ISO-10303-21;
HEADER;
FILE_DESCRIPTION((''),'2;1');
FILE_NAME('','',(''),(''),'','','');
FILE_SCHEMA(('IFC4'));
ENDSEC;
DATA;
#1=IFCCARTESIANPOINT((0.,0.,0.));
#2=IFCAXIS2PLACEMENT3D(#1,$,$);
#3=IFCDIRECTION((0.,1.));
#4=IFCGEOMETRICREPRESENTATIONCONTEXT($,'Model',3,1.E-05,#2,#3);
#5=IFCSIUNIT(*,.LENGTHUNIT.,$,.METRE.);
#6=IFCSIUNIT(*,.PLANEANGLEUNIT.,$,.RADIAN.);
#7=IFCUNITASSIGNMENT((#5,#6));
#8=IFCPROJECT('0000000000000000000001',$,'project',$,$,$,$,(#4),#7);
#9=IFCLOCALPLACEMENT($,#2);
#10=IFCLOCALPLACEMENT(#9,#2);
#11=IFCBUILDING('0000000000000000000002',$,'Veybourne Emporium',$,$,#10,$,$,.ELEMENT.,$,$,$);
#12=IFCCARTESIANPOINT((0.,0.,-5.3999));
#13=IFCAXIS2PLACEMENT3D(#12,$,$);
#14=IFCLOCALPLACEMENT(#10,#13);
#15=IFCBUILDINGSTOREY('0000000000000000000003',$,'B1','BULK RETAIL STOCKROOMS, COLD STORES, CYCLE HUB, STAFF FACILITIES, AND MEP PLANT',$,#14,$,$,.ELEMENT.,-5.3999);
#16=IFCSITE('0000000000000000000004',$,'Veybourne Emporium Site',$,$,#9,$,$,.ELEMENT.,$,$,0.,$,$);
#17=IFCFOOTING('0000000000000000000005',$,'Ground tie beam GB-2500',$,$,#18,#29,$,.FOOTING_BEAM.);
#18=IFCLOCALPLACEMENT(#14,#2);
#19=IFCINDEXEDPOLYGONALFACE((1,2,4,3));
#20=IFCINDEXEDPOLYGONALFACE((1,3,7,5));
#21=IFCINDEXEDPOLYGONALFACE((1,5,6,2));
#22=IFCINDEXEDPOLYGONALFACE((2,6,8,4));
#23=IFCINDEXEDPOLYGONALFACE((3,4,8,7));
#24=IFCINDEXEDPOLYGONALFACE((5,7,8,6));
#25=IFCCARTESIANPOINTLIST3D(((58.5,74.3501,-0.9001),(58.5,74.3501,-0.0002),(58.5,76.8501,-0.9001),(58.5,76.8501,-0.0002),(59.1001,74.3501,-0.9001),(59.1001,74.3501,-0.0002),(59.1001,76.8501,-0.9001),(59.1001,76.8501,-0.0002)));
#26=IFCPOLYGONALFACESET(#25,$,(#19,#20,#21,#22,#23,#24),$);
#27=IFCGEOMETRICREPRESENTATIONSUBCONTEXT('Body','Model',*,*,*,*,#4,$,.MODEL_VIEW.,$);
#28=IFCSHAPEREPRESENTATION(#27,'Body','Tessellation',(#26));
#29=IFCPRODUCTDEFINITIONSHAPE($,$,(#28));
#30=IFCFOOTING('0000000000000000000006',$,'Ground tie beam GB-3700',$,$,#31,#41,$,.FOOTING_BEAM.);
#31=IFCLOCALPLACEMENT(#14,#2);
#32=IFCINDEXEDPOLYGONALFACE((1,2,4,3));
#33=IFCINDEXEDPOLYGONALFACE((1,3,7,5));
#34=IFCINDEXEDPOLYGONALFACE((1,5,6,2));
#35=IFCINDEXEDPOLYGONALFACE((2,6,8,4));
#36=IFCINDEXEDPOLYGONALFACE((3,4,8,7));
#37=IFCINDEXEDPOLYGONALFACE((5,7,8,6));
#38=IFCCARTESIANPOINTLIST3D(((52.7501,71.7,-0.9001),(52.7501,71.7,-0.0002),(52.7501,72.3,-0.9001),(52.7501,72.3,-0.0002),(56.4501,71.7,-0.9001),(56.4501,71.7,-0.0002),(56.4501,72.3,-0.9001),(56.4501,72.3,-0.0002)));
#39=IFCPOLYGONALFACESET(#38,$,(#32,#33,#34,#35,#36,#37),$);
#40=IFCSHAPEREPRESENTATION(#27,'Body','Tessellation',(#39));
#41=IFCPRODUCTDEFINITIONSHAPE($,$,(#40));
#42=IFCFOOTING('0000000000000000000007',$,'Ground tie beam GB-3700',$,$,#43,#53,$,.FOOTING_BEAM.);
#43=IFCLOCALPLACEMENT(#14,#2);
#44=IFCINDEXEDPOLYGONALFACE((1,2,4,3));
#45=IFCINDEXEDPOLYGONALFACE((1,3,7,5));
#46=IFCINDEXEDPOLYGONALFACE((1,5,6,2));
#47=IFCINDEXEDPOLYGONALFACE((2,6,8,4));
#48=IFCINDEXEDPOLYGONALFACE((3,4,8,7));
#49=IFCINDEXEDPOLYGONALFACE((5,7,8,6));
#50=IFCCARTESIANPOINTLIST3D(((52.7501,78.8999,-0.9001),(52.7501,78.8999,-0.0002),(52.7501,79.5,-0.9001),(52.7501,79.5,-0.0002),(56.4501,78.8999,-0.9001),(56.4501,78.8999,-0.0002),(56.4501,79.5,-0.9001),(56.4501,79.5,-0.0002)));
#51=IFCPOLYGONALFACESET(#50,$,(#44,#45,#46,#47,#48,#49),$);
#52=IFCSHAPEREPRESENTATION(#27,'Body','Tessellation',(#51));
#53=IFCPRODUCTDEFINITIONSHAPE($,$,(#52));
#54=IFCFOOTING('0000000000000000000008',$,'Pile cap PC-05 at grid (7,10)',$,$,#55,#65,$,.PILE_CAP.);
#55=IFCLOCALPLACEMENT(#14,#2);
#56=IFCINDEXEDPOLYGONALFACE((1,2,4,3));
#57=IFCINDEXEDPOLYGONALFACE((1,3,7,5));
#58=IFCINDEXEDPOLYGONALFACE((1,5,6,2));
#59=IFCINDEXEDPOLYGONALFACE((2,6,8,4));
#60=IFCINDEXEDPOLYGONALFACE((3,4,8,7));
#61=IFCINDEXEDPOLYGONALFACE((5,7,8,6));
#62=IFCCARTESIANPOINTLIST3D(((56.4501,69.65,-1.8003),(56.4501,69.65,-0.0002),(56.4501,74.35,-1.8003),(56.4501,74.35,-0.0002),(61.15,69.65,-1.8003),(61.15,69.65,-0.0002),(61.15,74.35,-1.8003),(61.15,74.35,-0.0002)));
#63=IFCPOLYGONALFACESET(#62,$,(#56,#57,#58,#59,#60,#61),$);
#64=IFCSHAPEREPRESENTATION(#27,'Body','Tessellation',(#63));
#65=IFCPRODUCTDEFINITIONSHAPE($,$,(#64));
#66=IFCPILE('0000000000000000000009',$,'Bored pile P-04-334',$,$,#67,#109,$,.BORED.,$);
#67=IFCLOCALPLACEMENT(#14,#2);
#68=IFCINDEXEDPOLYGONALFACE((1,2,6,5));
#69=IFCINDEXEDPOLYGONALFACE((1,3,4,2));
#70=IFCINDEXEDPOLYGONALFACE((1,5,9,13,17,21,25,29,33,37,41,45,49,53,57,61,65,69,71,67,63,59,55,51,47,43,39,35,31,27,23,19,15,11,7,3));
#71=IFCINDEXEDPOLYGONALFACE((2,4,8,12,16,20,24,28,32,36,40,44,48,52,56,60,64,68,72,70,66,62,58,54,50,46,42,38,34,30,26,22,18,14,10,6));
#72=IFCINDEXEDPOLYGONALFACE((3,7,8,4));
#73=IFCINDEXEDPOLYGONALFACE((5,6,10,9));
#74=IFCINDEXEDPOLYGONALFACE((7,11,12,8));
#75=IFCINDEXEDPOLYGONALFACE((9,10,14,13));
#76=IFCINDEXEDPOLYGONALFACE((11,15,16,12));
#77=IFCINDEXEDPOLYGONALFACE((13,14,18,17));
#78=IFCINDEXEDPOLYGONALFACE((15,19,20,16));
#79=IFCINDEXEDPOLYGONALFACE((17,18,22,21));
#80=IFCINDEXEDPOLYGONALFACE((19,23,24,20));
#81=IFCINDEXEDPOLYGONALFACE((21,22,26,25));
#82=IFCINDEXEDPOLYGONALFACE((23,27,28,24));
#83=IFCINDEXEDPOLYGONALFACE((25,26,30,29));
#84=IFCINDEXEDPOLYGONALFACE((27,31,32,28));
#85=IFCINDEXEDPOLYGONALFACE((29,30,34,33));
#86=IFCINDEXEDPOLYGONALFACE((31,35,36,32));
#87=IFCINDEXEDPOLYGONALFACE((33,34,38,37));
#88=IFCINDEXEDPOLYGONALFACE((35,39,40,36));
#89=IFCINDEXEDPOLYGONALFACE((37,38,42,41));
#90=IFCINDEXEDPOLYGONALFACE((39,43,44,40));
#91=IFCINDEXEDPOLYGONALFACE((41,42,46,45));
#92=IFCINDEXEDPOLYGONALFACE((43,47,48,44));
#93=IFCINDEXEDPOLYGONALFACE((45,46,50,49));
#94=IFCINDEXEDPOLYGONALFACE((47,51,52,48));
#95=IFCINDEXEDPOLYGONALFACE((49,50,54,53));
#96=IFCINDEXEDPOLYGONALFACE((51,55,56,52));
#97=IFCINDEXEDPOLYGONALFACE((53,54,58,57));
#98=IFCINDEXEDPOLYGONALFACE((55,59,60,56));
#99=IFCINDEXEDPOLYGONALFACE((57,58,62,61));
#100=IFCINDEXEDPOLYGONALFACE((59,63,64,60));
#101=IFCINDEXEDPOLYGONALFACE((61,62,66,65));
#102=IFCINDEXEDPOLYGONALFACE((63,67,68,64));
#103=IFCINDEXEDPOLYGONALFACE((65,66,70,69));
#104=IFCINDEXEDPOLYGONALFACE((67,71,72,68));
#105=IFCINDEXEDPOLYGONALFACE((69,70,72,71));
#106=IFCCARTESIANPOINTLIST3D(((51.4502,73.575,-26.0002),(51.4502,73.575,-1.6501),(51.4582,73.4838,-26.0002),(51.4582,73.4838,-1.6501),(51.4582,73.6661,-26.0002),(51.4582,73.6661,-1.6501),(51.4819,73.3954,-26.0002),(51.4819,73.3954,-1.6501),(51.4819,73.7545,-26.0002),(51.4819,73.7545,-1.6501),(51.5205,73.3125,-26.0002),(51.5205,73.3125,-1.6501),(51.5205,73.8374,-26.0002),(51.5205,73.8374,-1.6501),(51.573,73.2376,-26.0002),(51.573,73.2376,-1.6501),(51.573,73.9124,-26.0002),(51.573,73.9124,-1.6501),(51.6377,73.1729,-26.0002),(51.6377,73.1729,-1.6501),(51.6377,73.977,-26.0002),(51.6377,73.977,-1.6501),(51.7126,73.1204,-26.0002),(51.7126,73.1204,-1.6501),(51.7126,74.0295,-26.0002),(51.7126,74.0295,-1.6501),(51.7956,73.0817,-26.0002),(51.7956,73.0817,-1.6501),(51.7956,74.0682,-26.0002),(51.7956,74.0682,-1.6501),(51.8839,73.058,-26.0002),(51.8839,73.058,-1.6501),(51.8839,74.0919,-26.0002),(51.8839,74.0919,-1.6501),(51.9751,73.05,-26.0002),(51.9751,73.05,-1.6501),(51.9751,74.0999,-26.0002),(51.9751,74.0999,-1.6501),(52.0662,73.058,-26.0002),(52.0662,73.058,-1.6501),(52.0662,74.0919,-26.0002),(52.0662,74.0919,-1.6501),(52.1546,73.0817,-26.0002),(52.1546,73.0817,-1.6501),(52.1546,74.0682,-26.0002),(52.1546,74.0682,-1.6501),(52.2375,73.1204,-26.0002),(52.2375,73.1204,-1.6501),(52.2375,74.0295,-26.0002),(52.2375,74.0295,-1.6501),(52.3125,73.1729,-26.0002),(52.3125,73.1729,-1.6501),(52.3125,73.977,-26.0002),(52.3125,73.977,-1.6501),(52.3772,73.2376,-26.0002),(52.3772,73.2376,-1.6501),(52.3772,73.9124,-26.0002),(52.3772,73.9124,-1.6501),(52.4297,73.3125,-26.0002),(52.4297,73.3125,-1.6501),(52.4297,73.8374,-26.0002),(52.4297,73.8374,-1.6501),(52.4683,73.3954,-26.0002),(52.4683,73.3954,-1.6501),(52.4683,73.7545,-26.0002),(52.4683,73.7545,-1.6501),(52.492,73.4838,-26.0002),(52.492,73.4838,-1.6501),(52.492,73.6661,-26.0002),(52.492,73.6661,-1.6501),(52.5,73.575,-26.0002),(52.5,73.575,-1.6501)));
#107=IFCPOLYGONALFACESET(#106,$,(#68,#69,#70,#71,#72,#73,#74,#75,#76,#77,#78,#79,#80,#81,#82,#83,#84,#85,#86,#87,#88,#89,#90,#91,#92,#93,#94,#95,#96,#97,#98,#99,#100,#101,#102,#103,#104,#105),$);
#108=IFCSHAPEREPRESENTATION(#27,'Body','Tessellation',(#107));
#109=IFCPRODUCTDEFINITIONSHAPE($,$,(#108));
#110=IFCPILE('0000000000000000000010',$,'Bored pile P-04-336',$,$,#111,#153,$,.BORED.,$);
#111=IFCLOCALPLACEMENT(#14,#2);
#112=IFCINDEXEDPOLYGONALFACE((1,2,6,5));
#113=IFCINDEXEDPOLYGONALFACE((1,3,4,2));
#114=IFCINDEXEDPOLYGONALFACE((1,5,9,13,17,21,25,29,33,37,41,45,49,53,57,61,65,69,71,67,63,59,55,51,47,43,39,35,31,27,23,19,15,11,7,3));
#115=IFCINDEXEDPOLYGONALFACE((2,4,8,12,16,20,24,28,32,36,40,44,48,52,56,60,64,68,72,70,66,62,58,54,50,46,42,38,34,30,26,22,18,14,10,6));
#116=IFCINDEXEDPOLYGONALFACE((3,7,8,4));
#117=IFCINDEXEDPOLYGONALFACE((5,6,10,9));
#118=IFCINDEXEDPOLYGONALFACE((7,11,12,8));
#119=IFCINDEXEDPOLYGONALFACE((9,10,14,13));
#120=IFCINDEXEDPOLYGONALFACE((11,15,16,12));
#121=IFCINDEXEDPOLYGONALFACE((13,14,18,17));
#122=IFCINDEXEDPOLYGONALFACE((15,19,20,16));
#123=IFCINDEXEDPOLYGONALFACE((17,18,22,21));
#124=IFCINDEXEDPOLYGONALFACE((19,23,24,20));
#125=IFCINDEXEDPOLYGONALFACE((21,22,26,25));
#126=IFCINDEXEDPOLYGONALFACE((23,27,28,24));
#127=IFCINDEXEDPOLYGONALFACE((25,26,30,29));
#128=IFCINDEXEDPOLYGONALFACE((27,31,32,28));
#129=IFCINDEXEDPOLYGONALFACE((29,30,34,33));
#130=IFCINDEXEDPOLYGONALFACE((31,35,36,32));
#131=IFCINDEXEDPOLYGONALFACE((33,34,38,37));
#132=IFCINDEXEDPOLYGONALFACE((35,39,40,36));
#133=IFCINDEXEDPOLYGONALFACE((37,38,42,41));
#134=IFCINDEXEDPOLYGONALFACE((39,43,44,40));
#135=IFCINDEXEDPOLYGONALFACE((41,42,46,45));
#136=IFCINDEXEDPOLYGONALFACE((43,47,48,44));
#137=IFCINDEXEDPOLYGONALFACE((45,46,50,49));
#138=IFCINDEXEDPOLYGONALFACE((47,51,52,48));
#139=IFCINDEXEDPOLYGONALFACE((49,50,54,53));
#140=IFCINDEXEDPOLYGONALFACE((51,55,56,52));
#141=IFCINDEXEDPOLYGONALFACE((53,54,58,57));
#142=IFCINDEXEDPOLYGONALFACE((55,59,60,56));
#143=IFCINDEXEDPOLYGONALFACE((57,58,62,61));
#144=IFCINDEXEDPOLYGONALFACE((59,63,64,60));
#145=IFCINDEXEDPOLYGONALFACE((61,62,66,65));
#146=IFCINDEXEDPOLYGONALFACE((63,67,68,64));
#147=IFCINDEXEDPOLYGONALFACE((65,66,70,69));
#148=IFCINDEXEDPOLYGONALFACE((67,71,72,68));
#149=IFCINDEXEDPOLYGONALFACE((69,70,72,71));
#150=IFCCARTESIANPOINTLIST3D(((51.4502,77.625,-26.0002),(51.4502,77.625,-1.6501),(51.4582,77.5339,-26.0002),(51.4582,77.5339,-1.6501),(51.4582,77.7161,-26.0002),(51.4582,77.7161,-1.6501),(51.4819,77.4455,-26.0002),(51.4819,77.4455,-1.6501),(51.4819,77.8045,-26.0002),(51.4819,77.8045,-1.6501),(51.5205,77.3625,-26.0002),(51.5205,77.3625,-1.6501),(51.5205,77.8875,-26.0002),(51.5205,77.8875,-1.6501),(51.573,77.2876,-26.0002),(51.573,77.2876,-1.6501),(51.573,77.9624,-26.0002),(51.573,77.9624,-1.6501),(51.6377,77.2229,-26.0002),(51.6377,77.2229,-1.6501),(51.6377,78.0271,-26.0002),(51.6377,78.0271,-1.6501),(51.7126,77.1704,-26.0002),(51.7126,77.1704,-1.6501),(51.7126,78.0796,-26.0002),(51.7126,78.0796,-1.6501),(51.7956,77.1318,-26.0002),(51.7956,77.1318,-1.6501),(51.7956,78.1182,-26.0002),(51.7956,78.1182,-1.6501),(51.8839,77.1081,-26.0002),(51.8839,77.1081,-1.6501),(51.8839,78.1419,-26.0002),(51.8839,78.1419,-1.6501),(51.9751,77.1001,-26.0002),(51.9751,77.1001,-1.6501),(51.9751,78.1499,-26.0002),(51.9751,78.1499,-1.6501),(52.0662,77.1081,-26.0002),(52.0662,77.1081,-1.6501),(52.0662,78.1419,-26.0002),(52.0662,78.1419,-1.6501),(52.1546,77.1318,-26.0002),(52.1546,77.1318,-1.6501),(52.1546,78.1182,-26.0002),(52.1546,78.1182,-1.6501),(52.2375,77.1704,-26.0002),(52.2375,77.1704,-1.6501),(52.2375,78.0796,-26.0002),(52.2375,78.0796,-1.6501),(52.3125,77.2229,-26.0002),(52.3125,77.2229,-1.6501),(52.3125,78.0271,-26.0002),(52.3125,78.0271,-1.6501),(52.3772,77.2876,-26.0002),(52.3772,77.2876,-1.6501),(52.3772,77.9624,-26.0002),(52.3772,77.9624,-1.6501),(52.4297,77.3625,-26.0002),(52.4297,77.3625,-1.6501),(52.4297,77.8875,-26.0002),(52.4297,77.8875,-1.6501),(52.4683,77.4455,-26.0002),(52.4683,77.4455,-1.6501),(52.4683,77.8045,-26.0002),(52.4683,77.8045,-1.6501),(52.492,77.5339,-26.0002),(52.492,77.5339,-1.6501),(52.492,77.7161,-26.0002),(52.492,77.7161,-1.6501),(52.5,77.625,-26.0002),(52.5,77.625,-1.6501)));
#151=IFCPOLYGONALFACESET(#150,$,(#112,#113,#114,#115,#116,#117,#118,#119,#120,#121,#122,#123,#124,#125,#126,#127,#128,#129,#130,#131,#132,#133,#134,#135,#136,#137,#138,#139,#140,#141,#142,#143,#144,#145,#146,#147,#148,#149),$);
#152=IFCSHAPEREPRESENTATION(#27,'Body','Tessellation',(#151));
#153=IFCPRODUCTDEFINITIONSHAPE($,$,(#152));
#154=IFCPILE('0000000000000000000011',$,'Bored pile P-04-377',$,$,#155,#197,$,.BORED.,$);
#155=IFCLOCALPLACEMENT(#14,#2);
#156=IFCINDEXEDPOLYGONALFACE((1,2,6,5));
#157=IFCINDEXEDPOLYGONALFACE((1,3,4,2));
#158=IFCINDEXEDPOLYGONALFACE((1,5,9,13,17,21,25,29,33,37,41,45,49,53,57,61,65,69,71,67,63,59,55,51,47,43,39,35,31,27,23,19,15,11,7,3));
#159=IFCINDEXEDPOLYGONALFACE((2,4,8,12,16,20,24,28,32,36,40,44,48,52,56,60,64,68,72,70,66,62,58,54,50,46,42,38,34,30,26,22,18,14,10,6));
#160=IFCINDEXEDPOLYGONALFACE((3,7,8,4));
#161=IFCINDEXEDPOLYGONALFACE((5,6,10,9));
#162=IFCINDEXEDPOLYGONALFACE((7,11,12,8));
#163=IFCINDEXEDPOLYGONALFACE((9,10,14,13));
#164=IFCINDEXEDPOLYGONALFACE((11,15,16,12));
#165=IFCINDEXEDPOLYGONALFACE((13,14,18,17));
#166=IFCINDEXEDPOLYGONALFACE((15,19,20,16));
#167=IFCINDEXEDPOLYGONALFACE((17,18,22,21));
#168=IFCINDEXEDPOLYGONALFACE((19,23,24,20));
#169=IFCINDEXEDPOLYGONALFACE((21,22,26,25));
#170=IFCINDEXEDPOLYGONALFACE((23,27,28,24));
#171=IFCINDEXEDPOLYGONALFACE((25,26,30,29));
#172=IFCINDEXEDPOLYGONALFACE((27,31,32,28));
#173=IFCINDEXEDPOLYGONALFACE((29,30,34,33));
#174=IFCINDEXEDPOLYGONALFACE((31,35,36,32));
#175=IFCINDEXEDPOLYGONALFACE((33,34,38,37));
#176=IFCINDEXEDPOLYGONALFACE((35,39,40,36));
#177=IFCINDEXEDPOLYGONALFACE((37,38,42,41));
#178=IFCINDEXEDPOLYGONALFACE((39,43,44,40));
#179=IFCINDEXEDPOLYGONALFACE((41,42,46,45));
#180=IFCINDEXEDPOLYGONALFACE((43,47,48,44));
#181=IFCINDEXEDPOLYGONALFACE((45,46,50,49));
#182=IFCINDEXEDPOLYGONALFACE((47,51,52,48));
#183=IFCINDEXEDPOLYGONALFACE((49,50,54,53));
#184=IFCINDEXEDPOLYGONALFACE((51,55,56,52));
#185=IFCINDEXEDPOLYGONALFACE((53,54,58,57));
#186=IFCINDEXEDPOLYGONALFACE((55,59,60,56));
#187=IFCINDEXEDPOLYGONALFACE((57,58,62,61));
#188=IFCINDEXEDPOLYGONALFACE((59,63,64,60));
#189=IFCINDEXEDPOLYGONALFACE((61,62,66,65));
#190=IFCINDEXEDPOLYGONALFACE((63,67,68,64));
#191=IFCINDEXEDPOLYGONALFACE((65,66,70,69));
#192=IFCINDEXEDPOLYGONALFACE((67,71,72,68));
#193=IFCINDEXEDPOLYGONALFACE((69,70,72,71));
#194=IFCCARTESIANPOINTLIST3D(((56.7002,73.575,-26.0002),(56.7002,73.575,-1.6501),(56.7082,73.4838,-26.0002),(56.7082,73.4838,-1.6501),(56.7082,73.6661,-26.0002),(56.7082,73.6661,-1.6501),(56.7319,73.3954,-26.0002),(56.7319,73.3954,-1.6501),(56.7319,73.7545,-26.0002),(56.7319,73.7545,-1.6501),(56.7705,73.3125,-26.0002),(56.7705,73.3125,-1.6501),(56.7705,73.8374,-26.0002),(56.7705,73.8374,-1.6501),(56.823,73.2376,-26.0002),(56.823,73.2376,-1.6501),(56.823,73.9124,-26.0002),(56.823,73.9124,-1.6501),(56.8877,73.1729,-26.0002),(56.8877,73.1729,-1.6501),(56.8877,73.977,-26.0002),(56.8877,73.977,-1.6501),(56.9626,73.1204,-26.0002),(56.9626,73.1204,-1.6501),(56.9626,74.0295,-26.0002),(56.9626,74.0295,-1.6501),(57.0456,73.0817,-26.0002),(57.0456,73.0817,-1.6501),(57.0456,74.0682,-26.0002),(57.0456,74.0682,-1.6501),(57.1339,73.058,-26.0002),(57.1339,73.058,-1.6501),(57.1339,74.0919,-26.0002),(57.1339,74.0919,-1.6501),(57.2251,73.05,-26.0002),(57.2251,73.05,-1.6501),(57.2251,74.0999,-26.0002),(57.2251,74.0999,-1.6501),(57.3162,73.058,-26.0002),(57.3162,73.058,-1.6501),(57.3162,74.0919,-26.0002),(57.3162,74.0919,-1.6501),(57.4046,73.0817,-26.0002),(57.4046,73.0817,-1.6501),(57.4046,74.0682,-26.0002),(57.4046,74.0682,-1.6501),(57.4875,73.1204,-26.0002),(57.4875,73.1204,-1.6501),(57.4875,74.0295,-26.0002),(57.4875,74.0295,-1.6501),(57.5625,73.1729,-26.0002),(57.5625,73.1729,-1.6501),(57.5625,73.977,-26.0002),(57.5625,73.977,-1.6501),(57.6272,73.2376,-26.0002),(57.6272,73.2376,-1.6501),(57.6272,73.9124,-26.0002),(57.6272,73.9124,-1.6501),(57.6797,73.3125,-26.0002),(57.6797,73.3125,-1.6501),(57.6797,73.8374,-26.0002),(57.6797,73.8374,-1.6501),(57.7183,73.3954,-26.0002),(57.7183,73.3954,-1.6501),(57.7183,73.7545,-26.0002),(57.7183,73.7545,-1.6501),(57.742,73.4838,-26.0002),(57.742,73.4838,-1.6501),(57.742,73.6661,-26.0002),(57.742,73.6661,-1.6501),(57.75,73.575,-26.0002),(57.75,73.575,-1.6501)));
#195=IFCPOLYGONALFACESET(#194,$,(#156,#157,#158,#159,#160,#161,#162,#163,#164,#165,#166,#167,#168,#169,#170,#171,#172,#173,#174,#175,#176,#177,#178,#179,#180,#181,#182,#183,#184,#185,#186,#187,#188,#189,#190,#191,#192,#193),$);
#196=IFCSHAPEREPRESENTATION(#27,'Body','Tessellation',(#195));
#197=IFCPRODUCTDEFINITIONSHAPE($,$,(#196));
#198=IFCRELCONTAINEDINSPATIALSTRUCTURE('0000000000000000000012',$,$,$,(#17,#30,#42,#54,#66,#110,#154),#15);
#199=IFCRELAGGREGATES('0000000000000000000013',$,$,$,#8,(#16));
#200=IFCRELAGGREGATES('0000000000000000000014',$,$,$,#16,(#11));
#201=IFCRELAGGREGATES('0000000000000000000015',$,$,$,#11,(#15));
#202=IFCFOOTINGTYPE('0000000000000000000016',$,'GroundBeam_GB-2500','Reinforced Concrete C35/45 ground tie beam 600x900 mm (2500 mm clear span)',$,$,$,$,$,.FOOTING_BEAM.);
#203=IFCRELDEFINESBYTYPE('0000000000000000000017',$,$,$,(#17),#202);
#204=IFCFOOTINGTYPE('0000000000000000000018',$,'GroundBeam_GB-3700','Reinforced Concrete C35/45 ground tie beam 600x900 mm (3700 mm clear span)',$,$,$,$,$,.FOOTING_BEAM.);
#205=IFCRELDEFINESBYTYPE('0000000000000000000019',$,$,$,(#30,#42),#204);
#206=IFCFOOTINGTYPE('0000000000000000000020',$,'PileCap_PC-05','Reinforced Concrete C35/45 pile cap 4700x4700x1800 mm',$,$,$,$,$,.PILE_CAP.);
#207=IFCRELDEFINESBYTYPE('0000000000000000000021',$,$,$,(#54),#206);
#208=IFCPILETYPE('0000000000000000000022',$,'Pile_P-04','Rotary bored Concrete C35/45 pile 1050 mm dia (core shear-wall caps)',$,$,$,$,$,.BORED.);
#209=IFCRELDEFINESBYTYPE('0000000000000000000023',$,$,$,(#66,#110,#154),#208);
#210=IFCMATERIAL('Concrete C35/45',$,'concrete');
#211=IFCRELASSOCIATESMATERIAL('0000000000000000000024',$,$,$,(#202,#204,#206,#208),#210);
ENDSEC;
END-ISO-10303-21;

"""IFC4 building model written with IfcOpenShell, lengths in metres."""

from ifc_helpers import new_model, si_unit, direction, frame, origin, origin_2d, place, context, subcontext, project, spatial, rectangle, circle, extrude, material, material_profile, profile_set, type_object, element, save


model = new_model("IFC4")

# Units and contexts
model_context = context("Model", 3, precision=1e-05, world=origin(), true_north=direction((0.0, 1.0)))
body_context = subcontext(model_context, "Body", "Model", "MODEL_VIEW")
ifc_project = project(units=[si_unit("LENGTHUNIT", "METRE"), si_unit("PLANEANGLEUNIT", "RADIAN")], contexts=[model_context])

# Site, building, storey
site_placement = place(None, origin())
site = spatial("IfcSite", under=ifc_project, at=site_placement, Name="Veybourne Emporium Site", CompositionType="ELEMENT", RefElevation=0.0)
building_placement = place(site_placement, origin())
building = spatial("IfcBuilding", under=site, at=building_placement, Name="Veybourne Emporium", CompositionType="ELEMENT")
storey_placement = place(building_placement, frame((0.0, 0.0, -5.3999)))
storey = spatial("IfcBuildingStorey", under=building, at=storey_placement, Name="B1", Description="BULK RETAIL STOCKROOMS, COLD STORES, CYCLE HUB, STAFF FACILITIES, AND MEP PLANT", CompositionType="ELEMENT", Elevation=-5.3999)

# Footings
ifc_material_1 = material(Name="Concrete C35/45", Category="concrete")
footing_type_1 = type_object("IfcFootingType", Name="GroundBeam_GB-2500", Description="Reinforced Concrete C35/45 ground tie beam 600x900 mm (2500 mm clear span)", PredefinedType="FOOTING_BEAM", material=ifc_material_1)
footing_1_placement = place(storey_placement, frame((58.8, 75.6001, -0.9001), z_axis=(0.0, 0.0, 1.0), x_axis=(0.0, 1.0, 0.0)))
element("IfcFooting", 1, at=footing_1_placement, inside=storey, type_object=footing_type_1, Name="Ground tie beam GB-2500", PredefinedType="FOOTING_BEAM", context=body_context, shape_type="SweptSolid", body=[
    extrude(rectangle(XDim=2.5, YDim=0.6001, at=origin_2d()), origin(), (0.0, 0.0, 1.0), 0.8999),
])
footing_type_2 = type_object("IfcFootingType", Name="GroundBeam_GB-3700", Description="Reinforced Concrete C35/45 ground tie beam 600x900 mm (3700 mm clear span)", PredefinedType="FOOTING_BEAM", material=ifc_material_1)
for number, where, z_axis, x_axis, name in (
    (2, (54.6001, 72.0, -0.9001), (0.0, 0.0, 1.0), (1.0, 0.0, 0.0), "Ground tie beam GB-3700"),
    (3, (54.6001, 79.2, -0.9001), (0.0, 0.0, 1.0), (1.0, 0.0, 0.0), "Ground tie beam GB-3700"),
):
    element("IfcFooting", number, at=place(storey_placement, frame(where, z_axis=z_axis, x_axis=x_axis)), inside=storey, type_object=footing_type_2, Name=name, PredefinedType="FOOTING_BEAM", context=body_context, shape_type="SweptSolid", body=[
        extrude(rectangle(XDim=3.7, YDim=0.6001, at=origin_2d()), origin(), (0.0, 0.0, 1.0), 0.8999),
    ])
footing_type_3 = type_object("IfcFootingType", Name="PileCap_PC-05", Description="Reinforced Concrete C35/45 pile cap 4700x4700x1800 mm", PredefinedType="PILE_CAP", material=ifc_material_1)
footing_2_placement = place(storey_placement, frame((58.8, 72.0, -1.8003), z_axis=(0.0, 0.0, 1.0), x_axis=(1.0, 0.0, 0.0)))
element("IfcFooting", 4, at=footing_2_placement, inside=storey, type_object=footing_type_3, Name="Pile cap PC-05 at grid (7,10)", PredefinedType="PILE_CAP", context=body_context, shape_type="SweptSolid", body=[
    extrude(rectangle(XDim=4.7, YDim=4.7, at=origin_2d()), origin(), (0.0, 0.0, 1.0), 1.8),
])

# Piles
ifc_material_profile_1 = material_profile(ifc_material_1, circle(Radius=0.5249, at=origin_2d()), Name="BORED PILE 1050")
ifc_profile_set_1 = profile_set([ifc_material_profile_1], Name="Concrete C35/45")
pile_type = type_object("IfcPileType", Name="Pile_P-04", Description="Rotary bored Concrete C35/45 pile 1050 mm dia (core shear-wall caps)", PredefinedType="BORED", material=ifc_profile_set_1)
for number, where, z_axis, x_axis, name in (
    (5, (51.9751, 73.575, -1.6501), (0.0, 0.0, -1.0), (1.0, 0.0, 0.0), "Bored pile P-04-334"),
    (6, (51.9751, 77.625, -1.6501), (0.0, 0.0, -1.0), (1.0, 0.0, 0.0), "Bored pile P-04-336"),
    (7, (57.2251, 73.575, -1.6501), (0.0, 0.0, -1.0), (1.0, 0.0, 0.0), "Bored pile P-04-377"),
):
    element("IfcPile", number, at=place(storey_placement, frame(where, z_axis=z_axis, x_axis=x_axis)), inside=storey, type_object=pile_type, Name=name, PredefinedType="BORED", context=body_context, shape_type="SweptSolid", body=[
        extrude(circle(Radius=0.5249, at=origin_2d()), origin(), (0.0, 0.0, 1.0), 24.3501),
    ])

save(model, "model.ifc")
